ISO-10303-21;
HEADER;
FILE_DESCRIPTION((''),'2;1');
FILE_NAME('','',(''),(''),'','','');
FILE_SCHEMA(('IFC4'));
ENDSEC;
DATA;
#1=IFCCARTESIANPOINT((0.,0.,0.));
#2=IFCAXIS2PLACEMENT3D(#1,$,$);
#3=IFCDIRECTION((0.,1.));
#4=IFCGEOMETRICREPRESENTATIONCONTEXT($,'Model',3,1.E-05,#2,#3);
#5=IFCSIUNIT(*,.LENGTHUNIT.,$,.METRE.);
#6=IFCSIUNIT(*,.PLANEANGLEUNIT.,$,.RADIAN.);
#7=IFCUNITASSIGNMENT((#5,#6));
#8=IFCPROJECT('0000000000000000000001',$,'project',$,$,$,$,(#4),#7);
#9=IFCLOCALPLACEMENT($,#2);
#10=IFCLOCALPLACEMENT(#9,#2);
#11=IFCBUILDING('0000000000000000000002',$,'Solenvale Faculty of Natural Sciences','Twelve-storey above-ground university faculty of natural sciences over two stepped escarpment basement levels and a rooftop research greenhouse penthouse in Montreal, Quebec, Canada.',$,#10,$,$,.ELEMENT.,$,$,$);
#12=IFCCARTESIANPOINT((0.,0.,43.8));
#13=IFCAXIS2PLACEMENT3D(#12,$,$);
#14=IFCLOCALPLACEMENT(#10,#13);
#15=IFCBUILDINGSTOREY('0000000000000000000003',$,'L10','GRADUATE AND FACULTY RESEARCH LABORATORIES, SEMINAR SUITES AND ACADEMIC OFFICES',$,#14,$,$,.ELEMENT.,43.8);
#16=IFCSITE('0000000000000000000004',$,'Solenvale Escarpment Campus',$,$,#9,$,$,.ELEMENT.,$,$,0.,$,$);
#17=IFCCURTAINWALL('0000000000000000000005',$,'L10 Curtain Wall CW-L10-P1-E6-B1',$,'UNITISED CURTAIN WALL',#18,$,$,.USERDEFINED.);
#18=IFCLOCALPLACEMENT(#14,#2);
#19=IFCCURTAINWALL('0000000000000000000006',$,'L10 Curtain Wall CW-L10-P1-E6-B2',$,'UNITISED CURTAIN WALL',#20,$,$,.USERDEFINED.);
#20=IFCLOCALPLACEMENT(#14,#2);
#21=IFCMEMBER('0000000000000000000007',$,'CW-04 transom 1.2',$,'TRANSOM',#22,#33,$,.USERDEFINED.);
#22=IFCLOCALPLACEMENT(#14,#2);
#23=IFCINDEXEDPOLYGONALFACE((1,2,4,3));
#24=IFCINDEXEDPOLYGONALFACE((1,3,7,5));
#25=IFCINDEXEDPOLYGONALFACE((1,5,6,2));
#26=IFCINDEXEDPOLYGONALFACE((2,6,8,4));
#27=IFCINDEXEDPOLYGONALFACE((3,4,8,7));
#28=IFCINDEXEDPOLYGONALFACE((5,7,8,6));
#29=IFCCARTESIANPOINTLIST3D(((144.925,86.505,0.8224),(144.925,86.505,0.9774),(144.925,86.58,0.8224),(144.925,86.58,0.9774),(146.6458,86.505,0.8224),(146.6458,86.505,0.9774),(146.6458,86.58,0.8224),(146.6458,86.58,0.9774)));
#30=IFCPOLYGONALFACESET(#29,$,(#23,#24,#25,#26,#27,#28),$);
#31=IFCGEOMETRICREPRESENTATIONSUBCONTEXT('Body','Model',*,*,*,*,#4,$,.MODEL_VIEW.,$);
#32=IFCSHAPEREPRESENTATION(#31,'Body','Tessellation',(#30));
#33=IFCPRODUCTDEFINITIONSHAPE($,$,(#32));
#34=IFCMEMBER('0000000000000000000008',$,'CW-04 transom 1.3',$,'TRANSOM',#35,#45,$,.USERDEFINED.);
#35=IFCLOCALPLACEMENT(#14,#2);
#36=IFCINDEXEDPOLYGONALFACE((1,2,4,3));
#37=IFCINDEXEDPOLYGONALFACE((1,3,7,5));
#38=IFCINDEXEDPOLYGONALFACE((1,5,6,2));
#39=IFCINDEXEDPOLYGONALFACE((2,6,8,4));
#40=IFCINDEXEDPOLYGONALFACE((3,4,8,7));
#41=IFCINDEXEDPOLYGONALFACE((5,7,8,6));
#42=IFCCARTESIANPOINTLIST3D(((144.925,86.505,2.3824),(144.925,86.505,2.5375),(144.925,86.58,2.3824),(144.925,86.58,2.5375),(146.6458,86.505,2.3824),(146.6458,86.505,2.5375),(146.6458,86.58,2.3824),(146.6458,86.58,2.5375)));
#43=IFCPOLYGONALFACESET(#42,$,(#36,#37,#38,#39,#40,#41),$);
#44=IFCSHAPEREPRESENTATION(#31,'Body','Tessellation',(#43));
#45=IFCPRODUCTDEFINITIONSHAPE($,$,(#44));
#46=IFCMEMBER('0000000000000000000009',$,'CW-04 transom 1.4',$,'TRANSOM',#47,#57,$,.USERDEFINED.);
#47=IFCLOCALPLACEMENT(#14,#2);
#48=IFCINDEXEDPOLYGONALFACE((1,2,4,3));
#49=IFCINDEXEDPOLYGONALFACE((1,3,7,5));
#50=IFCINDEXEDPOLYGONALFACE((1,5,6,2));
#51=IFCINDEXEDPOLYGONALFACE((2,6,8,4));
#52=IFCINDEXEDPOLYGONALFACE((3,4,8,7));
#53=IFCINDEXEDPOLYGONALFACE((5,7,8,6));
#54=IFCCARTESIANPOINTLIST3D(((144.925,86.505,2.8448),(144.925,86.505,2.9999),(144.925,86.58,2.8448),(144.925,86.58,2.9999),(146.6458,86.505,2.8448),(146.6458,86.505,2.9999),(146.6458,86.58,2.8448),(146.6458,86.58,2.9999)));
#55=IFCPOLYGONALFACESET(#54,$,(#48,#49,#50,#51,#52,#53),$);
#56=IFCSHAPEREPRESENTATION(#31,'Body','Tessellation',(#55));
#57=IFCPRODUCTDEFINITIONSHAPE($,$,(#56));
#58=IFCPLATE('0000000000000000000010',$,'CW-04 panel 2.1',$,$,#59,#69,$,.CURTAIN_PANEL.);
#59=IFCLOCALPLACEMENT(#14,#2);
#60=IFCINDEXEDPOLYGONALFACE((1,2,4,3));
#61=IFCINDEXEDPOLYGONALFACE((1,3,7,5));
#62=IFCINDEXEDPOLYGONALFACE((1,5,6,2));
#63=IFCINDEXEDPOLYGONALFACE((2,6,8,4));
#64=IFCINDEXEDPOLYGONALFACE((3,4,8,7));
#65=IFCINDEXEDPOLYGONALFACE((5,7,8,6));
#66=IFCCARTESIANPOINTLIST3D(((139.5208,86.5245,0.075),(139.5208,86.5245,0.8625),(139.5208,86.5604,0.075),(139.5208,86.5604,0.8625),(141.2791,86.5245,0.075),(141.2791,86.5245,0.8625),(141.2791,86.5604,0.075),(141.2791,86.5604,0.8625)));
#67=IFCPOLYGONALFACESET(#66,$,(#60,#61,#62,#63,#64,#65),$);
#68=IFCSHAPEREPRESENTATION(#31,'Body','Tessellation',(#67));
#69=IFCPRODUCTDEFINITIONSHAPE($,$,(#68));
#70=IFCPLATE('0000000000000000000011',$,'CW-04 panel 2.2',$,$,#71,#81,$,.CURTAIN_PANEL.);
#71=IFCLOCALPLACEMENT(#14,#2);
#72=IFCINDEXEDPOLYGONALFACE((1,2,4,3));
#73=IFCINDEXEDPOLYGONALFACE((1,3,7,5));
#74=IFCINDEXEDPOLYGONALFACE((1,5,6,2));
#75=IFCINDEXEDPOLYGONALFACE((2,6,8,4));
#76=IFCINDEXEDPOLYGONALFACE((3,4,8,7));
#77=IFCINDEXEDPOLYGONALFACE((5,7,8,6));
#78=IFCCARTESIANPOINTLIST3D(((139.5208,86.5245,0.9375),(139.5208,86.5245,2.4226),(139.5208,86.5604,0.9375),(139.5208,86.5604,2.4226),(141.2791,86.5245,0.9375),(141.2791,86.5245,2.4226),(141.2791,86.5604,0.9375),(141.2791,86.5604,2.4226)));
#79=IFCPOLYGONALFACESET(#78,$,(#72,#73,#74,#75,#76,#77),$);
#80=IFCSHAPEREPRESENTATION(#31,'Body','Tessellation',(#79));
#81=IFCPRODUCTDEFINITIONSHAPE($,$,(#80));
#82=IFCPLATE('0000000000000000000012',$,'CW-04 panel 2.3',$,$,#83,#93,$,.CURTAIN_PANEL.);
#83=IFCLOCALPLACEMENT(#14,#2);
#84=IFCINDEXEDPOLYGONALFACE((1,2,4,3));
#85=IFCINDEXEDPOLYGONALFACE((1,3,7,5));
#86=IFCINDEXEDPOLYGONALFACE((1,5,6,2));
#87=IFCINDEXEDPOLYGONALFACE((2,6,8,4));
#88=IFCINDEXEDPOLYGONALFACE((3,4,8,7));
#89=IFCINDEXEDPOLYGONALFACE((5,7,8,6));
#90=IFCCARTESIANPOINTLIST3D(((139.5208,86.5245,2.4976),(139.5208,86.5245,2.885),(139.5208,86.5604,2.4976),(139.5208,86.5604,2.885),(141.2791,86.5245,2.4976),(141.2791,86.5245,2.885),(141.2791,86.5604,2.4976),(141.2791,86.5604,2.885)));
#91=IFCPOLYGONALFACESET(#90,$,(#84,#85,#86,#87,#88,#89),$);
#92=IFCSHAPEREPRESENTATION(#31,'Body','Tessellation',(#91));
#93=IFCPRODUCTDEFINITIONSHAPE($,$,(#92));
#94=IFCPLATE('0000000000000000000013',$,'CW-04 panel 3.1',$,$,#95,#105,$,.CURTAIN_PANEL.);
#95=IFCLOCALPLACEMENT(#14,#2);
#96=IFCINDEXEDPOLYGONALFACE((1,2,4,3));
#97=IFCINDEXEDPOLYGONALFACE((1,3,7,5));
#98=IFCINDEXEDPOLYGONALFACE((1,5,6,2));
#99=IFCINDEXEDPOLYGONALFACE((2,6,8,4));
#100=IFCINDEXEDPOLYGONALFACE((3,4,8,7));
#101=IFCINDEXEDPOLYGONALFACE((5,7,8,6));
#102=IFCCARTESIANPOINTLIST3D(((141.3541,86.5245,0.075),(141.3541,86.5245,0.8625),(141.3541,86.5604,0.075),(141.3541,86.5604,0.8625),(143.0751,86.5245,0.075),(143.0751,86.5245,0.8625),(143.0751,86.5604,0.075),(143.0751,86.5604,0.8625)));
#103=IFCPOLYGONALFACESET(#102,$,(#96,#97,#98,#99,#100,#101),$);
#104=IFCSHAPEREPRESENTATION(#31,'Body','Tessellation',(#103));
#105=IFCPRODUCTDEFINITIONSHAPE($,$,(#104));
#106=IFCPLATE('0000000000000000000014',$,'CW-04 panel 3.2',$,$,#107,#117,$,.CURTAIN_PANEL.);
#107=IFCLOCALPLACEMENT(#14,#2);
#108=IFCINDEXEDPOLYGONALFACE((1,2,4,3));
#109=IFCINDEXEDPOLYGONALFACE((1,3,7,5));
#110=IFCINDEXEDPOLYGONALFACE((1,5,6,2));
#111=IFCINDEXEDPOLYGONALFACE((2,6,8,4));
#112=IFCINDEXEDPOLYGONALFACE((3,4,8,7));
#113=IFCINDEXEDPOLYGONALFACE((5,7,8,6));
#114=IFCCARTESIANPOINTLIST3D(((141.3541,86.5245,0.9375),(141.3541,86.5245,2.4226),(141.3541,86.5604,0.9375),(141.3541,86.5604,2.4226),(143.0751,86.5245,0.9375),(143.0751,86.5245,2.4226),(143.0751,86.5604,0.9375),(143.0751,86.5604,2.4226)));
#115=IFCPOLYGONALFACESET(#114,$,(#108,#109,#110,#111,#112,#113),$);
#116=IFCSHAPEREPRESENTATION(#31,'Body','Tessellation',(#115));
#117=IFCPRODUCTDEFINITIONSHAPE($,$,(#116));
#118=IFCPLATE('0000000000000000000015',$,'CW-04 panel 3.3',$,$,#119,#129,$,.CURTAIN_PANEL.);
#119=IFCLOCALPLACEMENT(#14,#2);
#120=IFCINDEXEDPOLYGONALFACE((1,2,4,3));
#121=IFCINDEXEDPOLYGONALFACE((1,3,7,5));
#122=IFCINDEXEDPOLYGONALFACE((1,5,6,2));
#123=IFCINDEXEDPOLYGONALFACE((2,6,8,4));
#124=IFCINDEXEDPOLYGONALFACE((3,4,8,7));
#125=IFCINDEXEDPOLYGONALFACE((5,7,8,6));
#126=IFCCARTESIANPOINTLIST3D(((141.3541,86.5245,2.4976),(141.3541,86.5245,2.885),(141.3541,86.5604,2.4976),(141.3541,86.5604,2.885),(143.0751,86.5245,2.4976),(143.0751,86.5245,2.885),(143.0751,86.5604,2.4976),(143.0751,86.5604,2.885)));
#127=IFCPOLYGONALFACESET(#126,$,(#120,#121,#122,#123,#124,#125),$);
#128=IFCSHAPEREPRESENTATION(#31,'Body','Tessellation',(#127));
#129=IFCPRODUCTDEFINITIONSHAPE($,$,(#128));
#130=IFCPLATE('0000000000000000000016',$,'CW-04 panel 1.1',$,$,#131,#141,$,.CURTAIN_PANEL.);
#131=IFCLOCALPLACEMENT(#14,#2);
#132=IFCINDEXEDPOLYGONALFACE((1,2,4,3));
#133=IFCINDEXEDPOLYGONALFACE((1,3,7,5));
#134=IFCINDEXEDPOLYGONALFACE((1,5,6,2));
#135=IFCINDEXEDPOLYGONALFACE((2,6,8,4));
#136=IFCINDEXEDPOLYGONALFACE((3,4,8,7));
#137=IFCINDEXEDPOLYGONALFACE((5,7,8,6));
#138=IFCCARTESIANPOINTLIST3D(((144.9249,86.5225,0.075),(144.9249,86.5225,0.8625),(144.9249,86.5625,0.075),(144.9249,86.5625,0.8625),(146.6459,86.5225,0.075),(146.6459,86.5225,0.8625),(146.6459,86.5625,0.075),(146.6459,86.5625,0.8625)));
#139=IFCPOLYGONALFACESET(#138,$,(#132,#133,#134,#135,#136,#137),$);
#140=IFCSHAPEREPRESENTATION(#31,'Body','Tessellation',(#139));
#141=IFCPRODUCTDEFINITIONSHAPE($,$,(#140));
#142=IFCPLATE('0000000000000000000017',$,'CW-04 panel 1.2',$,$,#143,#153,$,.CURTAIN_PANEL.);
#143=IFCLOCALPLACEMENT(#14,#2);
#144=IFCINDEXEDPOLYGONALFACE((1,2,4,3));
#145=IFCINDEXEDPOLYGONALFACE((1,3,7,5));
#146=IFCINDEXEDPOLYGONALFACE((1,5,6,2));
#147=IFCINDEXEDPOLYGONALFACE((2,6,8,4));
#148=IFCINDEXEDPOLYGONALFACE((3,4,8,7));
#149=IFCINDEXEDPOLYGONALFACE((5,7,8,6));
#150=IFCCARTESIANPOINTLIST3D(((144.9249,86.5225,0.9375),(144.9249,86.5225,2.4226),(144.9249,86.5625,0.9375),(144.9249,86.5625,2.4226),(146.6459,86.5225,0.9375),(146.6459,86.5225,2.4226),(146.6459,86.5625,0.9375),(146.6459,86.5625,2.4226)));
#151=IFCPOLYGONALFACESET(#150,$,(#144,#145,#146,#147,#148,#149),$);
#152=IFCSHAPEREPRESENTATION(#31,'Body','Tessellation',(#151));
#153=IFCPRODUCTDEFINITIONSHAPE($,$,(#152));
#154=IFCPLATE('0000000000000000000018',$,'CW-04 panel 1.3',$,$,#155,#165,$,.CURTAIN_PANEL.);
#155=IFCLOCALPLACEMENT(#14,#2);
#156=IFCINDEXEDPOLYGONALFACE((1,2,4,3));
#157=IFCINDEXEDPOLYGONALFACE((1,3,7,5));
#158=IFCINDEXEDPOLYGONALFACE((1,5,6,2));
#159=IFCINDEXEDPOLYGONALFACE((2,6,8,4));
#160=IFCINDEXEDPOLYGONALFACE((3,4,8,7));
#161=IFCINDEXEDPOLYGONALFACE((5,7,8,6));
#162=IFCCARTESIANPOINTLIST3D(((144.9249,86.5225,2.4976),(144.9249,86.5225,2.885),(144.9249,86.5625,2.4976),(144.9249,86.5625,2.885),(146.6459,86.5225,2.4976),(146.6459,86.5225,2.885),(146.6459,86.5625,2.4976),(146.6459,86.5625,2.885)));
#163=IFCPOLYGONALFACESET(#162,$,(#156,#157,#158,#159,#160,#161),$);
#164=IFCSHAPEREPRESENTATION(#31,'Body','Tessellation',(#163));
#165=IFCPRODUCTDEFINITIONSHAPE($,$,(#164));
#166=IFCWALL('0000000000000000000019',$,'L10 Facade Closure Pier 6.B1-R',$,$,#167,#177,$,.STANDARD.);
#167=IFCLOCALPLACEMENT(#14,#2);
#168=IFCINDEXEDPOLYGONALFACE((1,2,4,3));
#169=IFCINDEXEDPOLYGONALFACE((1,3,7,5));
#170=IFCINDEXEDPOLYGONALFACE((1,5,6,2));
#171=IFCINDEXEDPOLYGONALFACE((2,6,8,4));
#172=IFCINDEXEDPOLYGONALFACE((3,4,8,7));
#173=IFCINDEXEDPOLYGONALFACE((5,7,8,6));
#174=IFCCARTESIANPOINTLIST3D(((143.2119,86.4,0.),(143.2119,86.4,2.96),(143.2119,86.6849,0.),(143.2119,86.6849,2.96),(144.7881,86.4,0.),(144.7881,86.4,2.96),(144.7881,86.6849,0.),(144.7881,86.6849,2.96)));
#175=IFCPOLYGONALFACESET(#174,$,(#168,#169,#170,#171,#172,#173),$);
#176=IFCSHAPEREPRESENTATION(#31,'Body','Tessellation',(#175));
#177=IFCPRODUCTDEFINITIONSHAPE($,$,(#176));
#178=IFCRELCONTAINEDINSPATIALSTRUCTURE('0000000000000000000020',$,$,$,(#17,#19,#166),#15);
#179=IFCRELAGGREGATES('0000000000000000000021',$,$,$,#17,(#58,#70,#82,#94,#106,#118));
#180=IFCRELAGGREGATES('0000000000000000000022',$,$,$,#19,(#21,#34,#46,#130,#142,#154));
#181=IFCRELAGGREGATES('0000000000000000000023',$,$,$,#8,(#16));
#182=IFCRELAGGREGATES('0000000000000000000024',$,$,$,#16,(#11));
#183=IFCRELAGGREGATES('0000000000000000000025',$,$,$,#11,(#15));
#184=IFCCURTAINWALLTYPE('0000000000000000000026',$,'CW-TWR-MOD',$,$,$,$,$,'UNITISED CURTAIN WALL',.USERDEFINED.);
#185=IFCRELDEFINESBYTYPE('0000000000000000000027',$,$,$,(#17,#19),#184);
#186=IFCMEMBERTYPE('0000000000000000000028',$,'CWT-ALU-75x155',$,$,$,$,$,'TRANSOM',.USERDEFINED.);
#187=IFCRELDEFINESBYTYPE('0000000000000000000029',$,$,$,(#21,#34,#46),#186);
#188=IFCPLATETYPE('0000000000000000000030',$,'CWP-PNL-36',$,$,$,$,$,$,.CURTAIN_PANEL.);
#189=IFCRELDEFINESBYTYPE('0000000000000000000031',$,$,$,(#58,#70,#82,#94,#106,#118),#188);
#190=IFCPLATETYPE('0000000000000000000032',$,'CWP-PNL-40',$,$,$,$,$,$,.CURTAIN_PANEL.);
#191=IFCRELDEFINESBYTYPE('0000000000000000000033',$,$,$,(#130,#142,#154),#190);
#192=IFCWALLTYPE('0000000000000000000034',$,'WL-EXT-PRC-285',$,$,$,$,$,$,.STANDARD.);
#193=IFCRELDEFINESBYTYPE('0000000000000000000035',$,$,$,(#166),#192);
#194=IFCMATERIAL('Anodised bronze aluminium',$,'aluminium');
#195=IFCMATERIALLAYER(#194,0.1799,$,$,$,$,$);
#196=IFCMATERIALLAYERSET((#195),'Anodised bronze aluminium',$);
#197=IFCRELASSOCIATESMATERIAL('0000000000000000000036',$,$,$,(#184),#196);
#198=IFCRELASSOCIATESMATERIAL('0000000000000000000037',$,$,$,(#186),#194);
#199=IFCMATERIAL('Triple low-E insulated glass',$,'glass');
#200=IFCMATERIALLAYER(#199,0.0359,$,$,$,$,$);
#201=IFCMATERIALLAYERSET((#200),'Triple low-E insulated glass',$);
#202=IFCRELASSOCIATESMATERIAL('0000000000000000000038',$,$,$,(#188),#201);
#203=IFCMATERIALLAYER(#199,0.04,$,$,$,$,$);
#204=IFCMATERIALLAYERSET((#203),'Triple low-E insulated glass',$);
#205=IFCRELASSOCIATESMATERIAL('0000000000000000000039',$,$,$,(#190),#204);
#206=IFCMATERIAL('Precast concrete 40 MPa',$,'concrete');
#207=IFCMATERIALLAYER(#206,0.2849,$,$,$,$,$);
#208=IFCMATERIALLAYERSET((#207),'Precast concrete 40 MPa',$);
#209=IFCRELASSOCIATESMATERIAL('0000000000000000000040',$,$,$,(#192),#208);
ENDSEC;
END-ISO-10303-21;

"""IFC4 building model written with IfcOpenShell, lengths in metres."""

from ifc_helpers import new_model, si_unit, direction, frame, frame_2d, origin, origin_2d, place, context, subcontext, project, spatial, rectangle, extrude, material, layer, layer_set, material_profile, profile_set, type_object, element, aggregate, save


model = new_model("IFC4")

# Units and contexts
model_context = context("Model", 3, precision=1e-05, world=origin(), true_north=direction((0.0, 1.0)))
body_context = subcontext(model_context, "Body", "Model", "MODEL_VIEW")
ifc_project = project(units=[si_unit("LENGTHUNIT", "METRE"), si_unit("PLANEANGLEUNIT", "RADIAN")], contexts=[model_context])

# Site, building, storey
site_placement = place(None, origin())
site = spatial("IfcSite", under=ifc_project, at=site_placement, Name="Solenvale Escarpment Campus", CompositionType="ELEMENT", RefElevation=0.0)
building_placement = place(site_placement, origin())
building = spatial("IfcBuilding", under=site, at=building_placement, Name="Solenvale Faculty of Natural Sciences", Description="Twelve-storey above-ground university faculty of natural sciences over two stepped escarpment basement levels and a rooftop research greenhouse penthouse in Montreal, Quebec, Canada.", CompositionType="ELEMENT")
storey_placement = place(building_placement, frame((0.0, 0.0, 43.8)))
storey = spatial("IfcBuildingStorey", under=building, at=storey_placement, Name="L10", Description="GRADUATE AND FACULTY RESEARCH LABORATORIES, SEMINAR SUITES AND ACADEMIC OFFICES", CompositionType="ELEMENT", Elevation=43.8)

# Curtain wall
ifc_material_1 = material(Name="Anodised bronze aluminium", Category="aluminium")
ifc_layer_1 = layer(ifc_material_1, 0.1799)
ifc_layer_set_1 = layer_set([ifc_layer_1], Name="Anodised bronze aluminium")
curtain_wall_type = type_object("IfcCurtainWallType", Name="CW-TWR-MOD", ElementType="UNITISED CURTAIN WALL", PredefinedType="USERDEFINED", material=ifc_layer_set_1)
curtain_wall_1_placement = place(storey_placement, origin())
curtain_wall_1 = element("IfcCurtainWall", 1, at=curtain_wall_1_placement, inside=storey, type_object=curtain_wall_type, Name="L10 Curtain Wall CW-L10-P1-E6-B1", ObjectType="UNITISED CURTAIN WALL", PredefinedType="USERDEFINED")

# Curtain wall
curtain_wall_2_placement = place(storey_placement, origin())
curtain_wall_2 = element("IfcCurtainWall", 2, at=curtain_wall_2_placement, inside=storey, type_object=curtain_wall_type, Name="L10 Curtain Wall CW-L10-P1-E6-B2", ObjectType="UNITISED CURTAIN WALL", PredefinedType="USERDEFINED")

# Members
ifc_material_profile_1 = material_profile(ifc_material_1, rectangle(XDim=0.075, YDim=0.155, at=origin_2d()), Name="ALU-TRN-75x155")
ifc_profile_set_1 = profile_set([ifc_material_profile_1], Name="Anodised bronze aluminium")
member_type_1 = type_object("IfcMemberType", Name="CWT-ALU-75x155", ElementType="TRANSOM", PredefinedType="USERDEFINED", material=ifc_profile_set_1)
member_1_placement = place(storey_placement, frame((144.925, 86.5425, 0.8999), z_axis=(1.0, 0.0, 0.0), x_axis=(0.0, 1.0, 0.0)))
member_1 = element("IfcMember", 3, at=member_1_placement, type_object=member_type_1, Name="CW-04 transom 1.2", ObjectType="TRANSOM", PredefinedType="USERDEFINED", context=body_context, shape_type="SweptSolid", body=[
    extrude(rectangle(XDim=0.075, YDim=0.155, at=origin_2d()), origin(), (0.0, 0.0, 1.0), 1.7207),
])
member_2_placement = place(storey_placement, frame((144.925, 86.5425, 2.46), z_axis=(1.0, 0.0, 0.0), x_axis=(0.0, 1.0, 0.0)))
member_2 = element("IfcMember", 4, at=member_2_placement, type_object=member_type_1, Name="CW-04 transom 1.3", ObjectType="TRANSOM", PredefinedType="USERDEFINED", context=body_context, shape_type="SweptSolid", body=[
    extrude(rectangle(XDim=0.075, YDim=0.155, at=origin_2d()), origin(), (0.0, 0.0, 1.0), 1.7207),
])
member_3_placement = place(storey_placement, frame((144.925, 86.5425, 2.9224), z_axis=(1.0, 0.0, 0.0), x_axis=(0.0, 1.0, 0.0)))
member_3 = element("IfcMember", 5, at=member_3_placement, type_object=member_type_1, Name="CW-04 transom 1.4", ObjectType="TRANSOM", PredefinedType="USERDEFINED", context=body_context, shape_type="SweptSolid", body=[
    extrude(rectangle(XDim=0.075, YDim=0.155, at=origin_2d()), origin(), (0.0, 0.0, 1.0), 1.7207),
])

# Plates
ifc_material_2 = material(Name="Triple low-E insulated glass", Category="glass")
ifc_layer_2 = layer(ifc_material_2, 0.0359)
ifc_layer_set_2 = layer_set([ifc_layer_2], Name="Triple low-E insulated glass")
plate_type_1 = type_object("IfcPlateType", Name="CWP-PNL-36", PredefinedType="CURTAIN_PANEL", material=ifc_layer_set_2)
plate_1_placement = place(storey_placement, frame((140.3999, 86.5425, 0.075), z_axis=(0.0, 0.0, 1.0), x_axis=(1.0, 0.0, 0.0)))
plate_1 = element("IfcPlate", 6, at=plate_1_placement, type_object=plate_type_1, Name="CW-04 panel 2.1", PredefinedType="CURTAIN_PANEL", context=body_context, shape_type="SweptSolid", body=[
    extrude(rectangle(XDim=1.7583, YDim=0.0359, at=origin_2d()), origin(), (0.0, 0.0, 1.0), 0.7876),
])
plate_2_placement = place(storey_placement, frame((140.3999, 86.5425, 0.9375), z_axis=(0.0, 0.0, 1.0), x_axis=(1.0, 0.0, 0.0)))
plate_2 = element("IfcPlate", 7, at=plate_2_placement, type_object=plate_type_1, Name="CW-04 panel 2.2", PredefinedType="CURTAIN_PANEL", context=body_context, shape_type="SweptSolid", body=[
    extrude(rectangle(XDim=1.7583, YDim=0.0359, at=origin_2d()), origin(), (0.0, 0.0, 1.0), 1.4851),
])
plate_3_placement = place(storey_placement, frame((140.3999, 86.5425, 2.4976), z_axis=(0.0, 0.0, 1.0), x_axis=(1.0, 0.0, 0.0)))
plate_3 = element("IfcPlate", 8, at=plate_3_placement, type_object=plate_type_1, Name="CW-04 panel 2.3", PredefinedType="CURTAIN_PANEL", context=body_context, shape_type="SweptSolid", body=[
    extrude(rectangle(XDim=1.7583, YDim=0.0359, at=origin_2d()), origin(), (0.0, 0.0, 1.0), 0.3875),
])
plate_4_placement = place(storey_placement, frame((142.2146, 86.5425, 0.075), z_axis=(0.0, 0.0, 1.0), x_axis=(1.0, 0.0, 0.0)))
plate_4 = element("IfcPlate", 9, at=plate_4_placement, type_object=plate_type_1, Name="CW-04 panel 3.1", PredefinedType="CURTAIN_PANEL", context=body_context, shape_type="SweptSolid", body=[
    extrude(rectangle(XDim=1.7209, YDim=0.0359, at=origin_2d()), origin(), (0.0, 0.0, 1.0), 0.7876),
])
plate_5_placement = place(storey_placement, frame((142.2146, 86.5425, 0.9375), z_axis=(0.0, 0.0, 1.0), x_axis=(1.0, 0.0, 0.0)))
plate_5 = element("IfcPlate", 10, at=plate_5_placement, type_object=plate_type_1, Name="CW-04 panel 3.2", PredefinedType="CURTAIN_PANEL", context=body_context, shape_type="SweptSolid", body=[
    extrude(rectangle(XDim=1.7209, YDim=0.0359, at=origin_2d()), origin(), (0.0, 0.0, 1.0), 1.4851),
])
plate_6_placement = place(storey_placement, frame((142.2146, 86.5425, 2.4976), z_axis=(0.0, 0.0, 1.0), x_axis=(1.0, 0.0, 0.0)))
plate_6 = element("IfcPlate", 11, at=plate_6_placement, type_object=plate_type_1, Name="CW-04 panel 3.3", PredefinedType="CURTAIN_PANEL", context=body_context, shape_type="SweptSolid", body=[
    extrude(rectangle(XDim=1.7209, YDim=0.0359, at=origin_2d()), origin(), (0.0, 0.0, 1.0), 0.3875),
])
aggregate(curtain_wall_1, [plate_1, plate_2, plate_3, plate_4, plate_5, plate_6])
ifc_layer_3 = layer(ifc_material_2, 0.04)
ifc_layer_set_3 = layer_set([ifc_layer_3], Name="Triple low-E insulated glass")
plate_type_2 = type_object("IfcPlateType", Name="CWP-PNL-40", PredefinedType="CURTAIN_PANEL", material=ifc_layer_set_3)
plate_7_placement = place(storey_placement, frame((145.7854, 86.5425, 0.075), z_axis=(0.0, 0.0, 1.0), x_axis=(1.0, 0.0, 0.0)))
plate_7 = element("IfcPlate", 12, at=plate_7_placement, type_object=plate_type_2, Name="CW-04 panel 1.1", PredefinedType="CURTAIN_PANEL", context=body_context, shape_type="SweptSolid", body=[
    extrude(rectangle(XDim=1.7209, YDim=0.04, at=origin_2d()), origin(), (0.0, 0.0, 1.0), 0.7876),
])
plate_8_placement = place(storey_placement, frame((145.7854, 86.5425, 0.9375), z_axis=(0.0, 0.0, 1.0), x_axis=(1.0, 0.0, 0.0)))
plate_8 = element("IfcPlate", 13, at=plate_8_placement, type_object=plate_type_2, Name="CW-04 panel 1.2", PredefinedType="CURTAIN_PANEL", context=body_context, shape_type="SweptSolid", body=[
    extrude(rectangle(XDim=1.7209, YDim=0.04, at=origin_2d()), origin(), (0.0, 0.0, 1.0), 1.4851),
])
plate_9_placement = place(storey_placement, frame((145.7854, 86.5425, 2.4976), z_axis=(0.0, 0.0, 1.0), x_axis=(1.0, 0.0, 0.0)))
plate_9 = element("IfcPlate", 14, at=plate_9_placement, type_object=plate_type_2, Name="CW-04 panel 1.3", PredefinedType="CURTAIN_PANEL", context=body_context, shape_type="SweptSolid", body=[
    extrude(rectangle(XDim=1.7209, YDim=0.04, at=origin_2d()), origin(), (0.0, 0.0, 1.0), 0.3875),
])
aggregate(curtain_wall_2, [member_1, member_2, member_3, plate_7, plate_8, plate_9])

# Wall
ifc_material_3 = material(Name="Precast concrete 40 MPa", Category="concrete")
ifc_layer_4 = layer(ifc_material_3, 0.2849)
ifc_layer_set_4 = layer_set([ifc_layer_4], Name="Precast concrete 40 MPa")
wall_type = type_object("IfcWallType", Name="WL-EXT-PRC-285", PredefinedType="STANDARD", material=ifc_layer_set_4)
wall_placement = place(storey_placement, frame((143.2119, 86.5425, 0.0), z_axis=(0.0, 0.0, 1.0), x_axis=(1.0, 0.0, 0.0)))
element("IfcWall", 15, at=wall_placement, inside=storey, type_object=wall_type, Name="L10 Facade Closure Pier 6.B1-R", PredefinedType="STANDARD", context=body_context, shape_type="SweptSolid", body=[
    extrude(rectangle(XDim=1.5762, YDim=0.2849, at=frame_2d((0.7881, 0.0))), origin(), (0.0, 0.0, 1.0), 2.96),
])

save(model, "model.ifc")
